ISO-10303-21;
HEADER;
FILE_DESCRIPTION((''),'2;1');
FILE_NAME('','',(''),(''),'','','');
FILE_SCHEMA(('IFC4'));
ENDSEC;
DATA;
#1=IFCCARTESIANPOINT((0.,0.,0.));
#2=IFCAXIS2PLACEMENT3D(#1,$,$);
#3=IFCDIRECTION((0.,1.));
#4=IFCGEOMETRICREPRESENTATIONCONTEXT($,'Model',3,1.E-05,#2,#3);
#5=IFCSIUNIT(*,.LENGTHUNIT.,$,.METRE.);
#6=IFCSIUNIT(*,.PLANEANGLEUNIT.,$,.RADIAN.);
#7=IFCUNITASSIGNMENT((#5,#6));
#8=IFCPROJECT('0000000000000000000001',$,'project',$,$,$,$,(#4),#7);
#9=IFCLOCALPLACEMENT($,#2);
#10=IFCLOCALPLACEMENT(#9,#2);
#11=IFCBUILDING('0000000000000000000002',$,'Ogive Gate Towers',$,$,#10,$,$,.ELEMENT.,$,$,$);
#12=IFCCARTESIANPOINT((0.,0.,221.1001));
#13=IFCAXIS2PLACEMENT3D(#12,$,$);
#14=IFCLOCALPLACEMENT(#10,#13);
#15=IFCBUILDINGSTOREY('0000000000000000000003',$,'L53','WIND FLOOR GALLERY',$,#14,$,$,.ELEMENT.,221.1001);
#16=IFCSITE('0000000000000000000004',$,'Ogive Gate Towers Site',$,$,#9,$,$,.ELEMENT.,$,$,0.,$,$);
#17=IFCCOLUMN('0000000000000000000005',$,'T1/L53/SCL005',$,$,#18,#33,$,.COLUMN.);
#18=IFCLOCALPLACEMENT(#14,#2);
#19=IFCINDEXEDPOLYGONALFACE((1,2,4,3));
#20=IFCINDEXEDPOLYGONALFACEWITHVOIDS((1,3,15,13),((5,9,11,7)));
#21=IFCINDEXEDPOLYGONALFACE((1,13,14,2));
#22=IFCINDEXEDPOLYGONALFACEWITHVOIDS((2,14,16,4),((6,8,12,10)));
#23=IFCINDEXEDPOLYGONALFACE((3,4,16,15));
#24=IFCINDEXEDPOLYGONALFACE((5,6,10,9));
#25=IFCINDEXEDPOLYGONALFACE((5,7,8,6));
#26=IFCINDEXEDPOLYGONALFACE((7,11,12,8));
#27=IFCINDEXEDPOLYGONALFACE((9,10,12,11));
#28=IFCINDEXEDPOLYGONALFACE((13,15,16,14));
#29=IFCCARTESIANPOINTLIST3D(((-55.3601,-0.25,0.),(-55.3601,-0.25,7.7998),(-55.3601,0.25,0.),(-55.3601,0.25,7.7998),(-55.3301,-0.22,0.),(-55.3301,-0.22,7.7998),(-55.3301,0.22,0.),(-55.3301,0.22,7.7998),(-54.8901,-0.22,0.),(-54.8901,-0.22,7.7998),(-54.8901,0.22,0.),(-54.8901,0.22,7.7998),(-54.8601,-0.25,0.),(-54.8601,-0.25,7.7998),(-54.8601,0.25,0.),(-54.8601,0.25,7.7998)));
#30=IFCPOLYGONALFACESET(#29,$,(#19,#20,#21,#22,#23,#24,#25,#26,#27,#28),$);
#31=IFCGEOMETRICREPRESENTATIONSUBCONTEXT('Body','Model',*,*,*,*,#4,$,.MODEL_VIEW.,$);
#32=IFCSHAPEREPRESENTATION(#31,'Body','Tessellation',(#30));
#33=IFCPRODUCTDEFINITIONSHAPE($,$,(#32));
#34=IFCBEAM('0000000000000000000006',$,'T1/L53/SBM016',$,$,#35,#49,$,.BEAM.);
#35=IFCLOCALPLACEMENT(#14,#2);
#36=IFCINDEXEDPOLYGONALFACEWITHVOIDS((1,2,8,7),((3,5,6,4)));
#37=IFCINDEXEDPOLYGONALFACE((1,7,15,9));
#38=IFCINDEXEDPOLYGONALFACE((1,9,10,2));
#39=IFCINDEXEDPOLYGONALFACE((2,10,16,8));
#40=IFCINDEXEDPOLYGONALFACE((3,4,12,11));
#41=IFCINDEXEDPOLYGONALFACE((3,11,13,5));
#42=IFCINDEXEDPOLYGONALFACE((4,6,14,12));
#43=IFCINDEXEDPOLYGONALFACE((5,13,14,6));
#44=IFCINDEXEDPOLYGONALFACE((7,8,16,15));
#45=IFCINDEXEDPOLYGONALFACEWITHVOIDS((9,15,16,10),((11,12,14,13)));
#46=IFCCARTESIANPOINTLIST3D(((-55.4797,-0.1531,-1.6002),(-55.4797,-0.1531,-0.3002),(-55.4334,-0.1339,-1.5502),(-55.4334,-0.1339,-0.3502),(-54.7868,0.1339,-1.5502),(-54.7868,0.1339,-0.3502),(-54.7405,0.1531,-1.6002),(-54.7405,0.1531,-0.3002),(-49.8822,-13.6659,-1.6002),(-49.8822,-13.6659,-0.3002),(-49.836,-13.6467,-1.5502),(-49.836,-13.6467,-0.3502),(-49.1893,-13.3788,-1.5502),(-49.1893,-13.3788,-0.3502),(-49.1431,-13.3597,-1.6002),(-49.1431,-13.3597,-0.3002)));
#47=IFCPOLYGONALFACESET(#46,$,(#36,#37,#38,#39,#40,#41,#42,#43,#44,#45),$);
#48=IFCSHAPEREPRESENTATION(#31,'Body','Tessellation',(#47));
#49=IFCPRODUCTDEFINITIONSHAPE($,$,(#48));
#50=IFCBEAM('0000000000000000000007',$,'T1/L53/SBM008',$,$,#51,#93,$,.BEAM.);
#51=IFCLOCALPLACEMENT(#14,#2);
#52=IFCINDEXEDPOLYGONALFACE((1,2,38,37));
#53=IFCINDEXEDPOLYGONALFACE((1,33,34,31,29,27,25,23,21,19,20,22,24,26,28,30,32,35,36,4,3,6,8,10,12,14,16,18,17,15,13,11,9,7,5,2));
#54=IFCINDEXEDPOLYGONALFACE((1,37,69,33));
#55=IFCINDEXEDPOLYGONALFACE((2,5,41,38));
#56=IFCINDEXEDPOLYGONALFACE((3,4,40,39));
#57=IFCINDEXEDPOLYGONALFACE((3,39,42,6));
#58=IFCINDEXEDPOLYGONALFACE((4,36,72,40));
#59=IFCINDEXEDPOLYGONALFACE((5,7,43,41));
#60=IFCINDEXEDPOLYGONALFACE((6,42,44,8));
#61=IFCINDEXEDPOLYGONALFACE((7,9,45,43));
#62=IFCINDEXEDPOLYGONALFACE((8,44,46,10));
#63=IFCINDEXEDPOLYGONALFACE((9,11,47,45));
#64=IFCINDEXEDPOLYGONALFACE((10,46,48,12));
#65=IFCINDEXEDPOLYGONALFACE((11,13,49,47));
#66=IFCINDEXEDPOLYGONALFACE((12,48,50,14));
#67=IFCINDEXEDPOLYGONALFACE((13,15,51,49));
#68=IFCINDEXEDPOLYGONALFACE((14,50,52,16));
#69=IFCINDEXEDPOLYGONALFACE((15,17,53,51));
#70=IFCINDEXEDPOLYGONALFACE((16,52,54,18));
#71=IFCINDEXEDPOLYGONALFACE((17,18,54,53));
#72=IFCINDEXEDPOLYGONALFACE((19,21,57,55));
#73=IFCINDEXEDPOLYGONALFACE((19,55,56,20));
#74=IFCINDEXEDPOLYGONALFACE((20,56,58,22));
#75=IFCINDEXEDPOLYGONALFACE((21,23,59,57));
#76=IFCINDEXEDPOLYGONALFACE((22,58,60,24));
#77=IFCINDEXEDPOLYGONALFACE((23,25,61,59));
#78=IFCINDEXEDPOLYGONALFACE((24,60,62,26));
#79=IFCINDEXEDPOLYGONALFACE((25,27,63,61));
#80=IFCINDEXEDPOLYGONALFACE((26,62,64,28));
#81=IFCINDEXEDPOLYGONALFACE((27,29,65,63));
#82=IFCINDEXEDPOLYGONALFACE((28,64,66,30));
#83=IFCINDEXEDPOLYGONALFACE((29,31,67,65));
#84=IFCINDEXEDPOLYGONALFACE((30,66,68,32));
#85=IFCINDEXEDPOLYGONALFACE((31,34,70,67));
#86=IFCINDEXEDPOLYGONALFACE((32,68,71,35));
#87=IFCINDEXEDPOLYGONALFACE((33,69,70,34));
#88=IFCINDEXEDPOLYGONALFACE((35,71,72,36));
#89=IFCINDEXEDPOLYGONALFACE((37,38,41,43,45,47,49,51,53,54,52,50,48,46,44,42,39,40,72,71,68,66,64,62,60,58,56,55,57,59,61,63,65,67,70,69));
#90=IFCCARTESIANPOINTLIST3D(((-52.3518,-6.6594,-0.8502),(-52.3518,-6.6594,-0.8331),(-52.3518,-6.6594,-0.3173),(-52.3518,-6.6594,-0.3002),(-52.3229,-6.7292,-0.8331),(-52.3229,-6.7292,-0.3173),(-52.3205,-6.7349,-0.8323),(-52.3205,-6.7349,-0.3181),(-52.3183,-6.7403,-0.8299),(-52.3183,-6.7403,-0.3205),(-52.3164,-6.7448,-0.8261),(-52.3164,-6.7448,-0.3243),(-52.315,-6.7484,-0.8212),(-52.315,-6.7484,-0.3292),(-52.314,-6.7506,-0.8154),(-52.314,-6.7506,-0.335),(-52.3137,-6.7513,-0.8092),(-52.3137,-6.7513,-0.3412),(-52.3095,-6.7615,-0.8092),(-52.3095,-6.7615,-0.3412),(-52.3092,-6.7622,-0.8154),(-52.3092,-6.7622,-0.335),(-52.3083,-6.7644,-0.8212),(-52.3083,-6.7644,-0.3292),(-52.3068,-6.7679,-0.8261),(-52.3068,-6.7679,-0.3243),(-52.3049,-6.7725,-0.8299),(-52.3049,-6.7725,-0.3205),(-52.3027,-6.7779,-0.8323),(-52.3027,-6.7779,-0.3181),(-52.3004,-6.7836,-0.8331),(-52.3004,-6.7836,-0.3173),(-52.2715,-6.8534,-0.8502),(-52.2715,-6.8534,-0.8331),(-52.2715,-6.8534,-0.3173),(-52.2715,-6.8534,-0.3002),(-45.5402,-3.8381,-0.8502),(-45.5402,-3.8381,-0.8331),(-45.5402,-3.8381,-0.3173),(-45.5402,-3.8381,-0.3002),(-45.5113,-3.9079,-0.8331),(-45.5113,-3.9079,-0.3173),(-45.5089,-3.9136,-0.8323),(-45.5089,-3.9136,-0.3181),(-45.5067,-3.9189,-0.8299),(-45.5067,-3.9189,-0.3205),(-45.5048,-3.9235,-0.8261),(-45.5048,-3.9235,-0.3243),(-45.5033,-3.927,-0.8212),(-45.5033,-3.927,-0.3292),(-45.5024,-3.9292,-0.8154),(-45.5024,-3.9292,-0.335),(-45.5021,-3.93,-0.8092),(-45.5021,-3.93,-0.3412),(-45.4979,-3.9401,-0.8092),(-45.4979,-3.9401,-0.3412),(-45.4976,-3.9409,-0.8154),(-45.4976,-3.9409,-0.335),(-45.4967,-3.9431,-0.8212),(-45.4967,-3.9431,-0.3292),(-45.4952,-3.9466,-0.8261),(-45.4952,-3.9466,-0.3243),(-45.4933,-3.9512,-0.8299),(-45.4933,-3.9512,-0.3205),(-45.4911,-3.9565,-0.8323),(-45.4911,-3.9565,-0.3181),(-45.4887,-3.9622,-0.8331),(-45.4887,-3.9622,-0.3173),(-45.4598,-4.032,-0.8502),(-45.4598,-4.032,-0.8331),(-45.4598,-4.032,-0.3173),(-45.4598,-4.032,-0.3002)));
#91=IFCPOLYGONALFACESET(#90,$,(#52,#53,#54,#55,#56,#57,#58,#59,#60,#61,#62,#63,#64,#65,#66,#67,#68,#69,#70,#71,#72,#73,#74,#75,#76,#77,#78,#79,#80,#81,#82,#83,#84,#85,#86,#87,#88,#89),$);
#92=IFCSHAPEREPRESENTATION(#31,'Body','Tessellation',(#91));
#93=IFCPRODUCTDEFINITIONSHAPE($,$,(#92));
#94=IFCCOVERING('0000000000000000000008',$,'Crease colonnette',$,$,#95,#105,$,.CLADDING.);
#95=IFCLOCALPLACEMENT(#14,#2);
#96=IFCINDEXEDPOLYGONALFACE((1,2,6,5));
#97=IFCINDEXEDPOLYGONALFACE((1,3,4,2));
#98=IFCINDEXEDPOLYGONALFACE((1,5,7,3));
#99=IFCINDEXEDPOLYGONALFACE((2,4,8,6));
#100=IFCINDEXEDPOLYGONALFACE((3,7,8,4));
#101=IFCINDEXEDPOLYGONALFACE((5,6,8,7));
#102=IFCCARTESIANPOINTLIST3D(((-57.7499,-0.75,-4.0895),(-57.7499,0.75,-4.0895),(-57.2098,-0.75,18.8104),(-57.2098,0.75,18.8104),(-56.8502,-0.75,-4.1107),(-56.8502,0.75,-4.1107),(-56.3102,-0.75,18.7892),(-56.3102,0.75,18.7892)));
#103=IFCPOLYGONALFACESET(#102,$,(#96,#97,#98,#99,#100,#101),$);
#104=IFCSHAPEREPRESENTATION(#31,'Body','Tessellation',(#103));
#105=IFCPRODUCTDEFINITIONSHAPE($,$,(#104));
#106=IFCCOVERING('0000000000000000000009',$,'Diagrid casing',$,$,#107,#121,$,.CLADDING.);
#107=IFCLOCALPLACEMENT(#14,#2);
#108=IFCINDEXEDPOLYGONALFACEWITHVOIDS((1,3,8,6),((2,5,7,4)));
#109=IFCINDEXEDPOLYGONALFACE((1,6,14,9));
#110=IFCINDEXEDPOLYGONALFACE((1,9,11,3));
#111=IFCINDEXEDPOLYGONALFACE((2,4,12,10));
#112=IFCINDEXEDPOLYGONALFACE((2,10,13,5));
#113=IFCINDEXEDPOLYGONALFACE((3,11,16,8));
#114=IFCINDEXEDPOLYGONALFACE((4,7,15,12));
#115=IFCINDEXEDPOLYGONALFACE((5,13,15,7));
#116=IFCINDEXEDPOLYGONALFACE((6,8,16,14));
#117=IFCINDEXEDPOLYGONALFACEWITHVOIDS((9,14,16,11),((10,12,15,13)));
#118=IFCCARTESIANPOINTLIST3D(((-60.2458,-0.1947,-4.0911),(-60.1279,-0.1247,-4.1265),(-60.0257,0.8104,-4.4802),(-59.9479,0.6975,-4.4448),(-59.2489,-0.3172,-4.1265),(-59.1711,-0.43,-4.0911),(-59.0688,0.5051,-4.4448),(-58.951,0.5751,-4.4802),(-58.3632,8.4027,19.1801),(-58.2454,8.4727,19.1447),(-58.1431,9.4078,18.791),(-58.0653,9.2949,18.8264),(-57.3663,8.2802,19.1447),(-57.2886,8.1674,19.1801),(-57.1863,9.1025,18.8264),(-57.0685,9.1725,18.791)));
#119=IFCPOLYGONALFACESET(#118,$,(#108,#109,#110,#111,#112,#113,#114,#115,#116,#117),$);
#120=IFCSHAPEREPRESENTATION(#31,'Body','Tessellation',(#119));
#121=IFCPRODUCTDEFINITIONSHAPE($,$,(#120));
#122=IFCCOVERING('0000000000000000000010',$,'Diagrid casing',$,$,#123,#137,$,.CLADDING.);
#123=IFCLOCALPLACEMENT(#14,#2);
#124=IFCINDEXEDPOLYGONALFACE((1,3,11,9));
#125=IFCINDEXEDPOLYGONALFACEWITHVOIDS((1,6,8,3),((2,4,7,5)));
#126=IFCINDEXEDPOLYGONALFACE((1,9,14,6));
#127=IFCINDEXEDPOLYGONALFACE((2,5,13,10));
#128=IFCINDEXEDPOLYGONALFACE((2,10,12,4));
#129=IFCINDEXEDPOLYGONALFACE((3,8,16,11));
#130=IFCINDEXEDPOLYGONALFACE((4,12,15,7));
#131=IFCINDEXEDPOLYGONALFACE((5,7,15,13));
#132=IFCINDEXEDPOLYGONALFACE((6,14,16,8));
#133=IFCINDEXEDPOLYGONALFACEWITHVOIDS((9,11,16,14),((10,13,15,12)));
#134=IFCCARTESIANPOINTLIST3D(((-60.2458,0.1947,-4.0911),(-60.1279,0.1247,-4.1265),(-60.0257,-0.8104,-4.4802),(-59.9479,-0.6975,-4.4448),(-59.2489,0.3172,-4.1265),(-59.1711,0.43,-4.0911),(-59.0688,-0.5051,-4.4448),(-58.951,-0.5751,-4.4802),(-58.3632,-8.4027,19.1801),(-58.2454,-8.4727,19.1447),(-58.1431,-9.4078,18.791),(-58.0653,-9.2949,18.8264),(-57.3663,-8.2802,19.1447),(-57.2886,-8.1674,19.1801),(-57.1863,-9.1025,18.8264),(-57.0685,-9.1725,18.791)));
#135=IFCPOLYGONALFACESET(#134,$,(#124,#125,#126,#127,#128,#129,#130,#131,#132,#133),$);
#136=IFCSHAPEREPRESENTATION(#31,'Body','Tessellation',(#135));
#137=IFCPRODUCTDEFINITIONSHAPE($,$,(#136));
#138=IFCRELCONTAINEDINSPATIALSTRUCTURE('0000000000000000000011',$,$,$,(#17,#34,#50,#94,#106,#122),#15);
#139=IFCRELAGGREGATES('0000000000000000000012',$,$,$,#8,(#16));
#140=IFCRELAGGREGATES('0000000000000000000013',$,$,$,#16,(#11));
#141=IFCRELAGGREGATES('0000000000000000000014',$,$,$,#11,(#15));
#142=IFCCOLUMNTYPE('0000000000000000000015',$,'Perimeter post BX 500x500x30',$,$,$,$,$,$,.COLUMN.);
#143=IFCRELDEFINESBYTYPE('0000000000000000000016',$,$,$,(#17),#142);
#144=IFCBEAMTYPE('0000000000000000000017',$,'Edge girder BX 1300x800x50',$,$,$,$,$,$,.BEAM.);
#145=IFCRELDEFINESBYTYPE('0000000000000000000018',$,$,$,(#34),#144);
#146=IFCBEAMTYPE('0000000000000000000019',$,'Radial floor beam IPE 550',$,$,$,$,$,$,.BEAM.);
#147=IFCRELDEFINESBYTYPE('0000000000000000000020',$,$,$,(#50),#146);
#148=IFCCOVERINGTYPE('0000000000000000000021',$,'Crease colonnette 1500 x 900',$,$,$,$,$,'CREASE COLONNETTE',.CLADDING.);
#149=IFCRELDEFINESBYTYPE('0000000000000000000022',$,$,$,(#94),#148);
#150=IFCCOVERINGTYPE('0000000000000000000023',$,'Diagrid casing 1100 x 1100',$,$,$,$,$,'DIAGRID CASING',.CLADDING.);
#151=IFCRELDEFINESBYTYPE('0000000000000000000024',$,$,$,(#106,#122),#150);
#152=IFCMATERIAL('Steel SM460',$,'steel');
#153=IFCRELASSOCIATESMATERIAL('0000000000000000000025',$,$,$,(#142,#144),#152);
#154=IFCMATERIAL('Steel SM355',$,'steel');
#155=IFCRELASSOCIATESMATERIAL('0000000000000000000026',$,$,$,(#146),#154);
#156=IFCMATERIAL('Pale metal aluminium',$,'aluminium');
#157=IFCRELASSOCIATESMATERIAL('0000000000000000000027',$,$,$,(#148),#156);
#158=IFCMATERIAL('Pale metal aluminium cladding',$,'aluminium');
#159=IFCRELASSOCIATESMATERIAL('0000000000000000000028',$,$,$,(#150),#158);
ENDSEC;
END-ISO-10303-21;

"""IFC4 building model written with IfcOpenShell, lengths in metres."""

from ifc_helpers import new_model, si_unit, direction, frame, origin, origin_2d, place, context, subcontext, project, spatial, rectangle, hollow_rectangle, i_section, extrude, material, material_profile, profile_set, type_object, element, save


model = new_model("IFC4")

# Units and contexts
model_context = context("Model", 3, precision=1e-05, world=origin(), true_north=direction((0.0, 1.0)))
body_context = subcontext(model_context, "Body", "Model", "MODEL_VIEW")
ifc_project = project(units=[si_unit("LENGTHUNIT", "METRE"), si_unit("PLANEANGLEUNIT", "RADIAN")], contexts=[model_context])

# Site, building, storey
site_placement = place(None, origin())
site = spatial("IfcSite", under=ifc_project, at=site_placement, Name="Ogive Gate Towers Site", CompositionType="ELEMENT", RefElevation=0.0)
building_placement = place(site_placement, origin())
building = spatial("IfcBuilding", under=site, at=building_placement, Name="Ogive Gate Towers", CompositionType="ELEMENT")
storey_placement = place(building_placement, frame((0.0, 0.0, 221.1001)))
storey = spatial("IfcBuildingStorey", under=building, at=storey_placement, Name="L53", Description="WIND FLOOR GALLERY", CompositionType="ELEMENT", Elevation=221.1001)

# Column
ifc_material_1 = material(Name="Steel SM460", Category="steel")
ifc_material_profile_1 = material_profile(ifc_material_1, hollow_rectangle(XDim=0.5, YDim=0.5, WallThickness=0.03, at=origin_2d()), Name="BX 500x500x30")
ifc_profile_set_1 = profile_set([ifc_material_profile_1], Name="Steel SM460")
column_type = type_object("IfcColumnType", Name="Perimeter post BX 500x500x30", PredefinedType="COLUMN", material=ifc_profile_set_1)
column_placement = place(storey_placement, frame((-55.1101, 0.0, 0.0), z_axis=(0.0, 0.0, 1.0), x_axis=(1.0, 0.0, 0.0)))
element("IfcColumn", 1, at=column_placement, inside=storey, type_object=column_type, Name="T1/L53/SCL005", PredefinedType="COLUMN", context=body_context, shape_type="SweptSolid", body=[
    extrude(hollow_rectangle(XDim=0.5, YDim=0.5, WallThickness=0.03, at=origin_2d()), origin(), (0.0, 0.0, 1.0), 7.7998),
])

# Beams
ifc_material_profile_2 = material_profile(ifc_material_1, hollow_rectangle(XDim=0.8, YDim=1.3, WallThickness=0.05, at=origin_2d()), Name="BX 1300x800x50")
ifc_profile_set_2 = profile_set([ifc_material_profile_2], Name="Steel SM460")
beam_type_1 = type_object("IfcBeamType", Name="Edge girder BX 1300x800x50", PredefinedType="BEAM", material=ifc_profile_set_2)
beam_1_placement = place(storey_placement, frame((-55.1101, 0.0, -0.9502), z_axis=(0.382699, -0.923873, 0.0), x_axis=(0.923873, 0.382699, 0.0)))
element("IfcBeam", 2, at=beam_1_placement, inside=storey, type_object=beam_type_1, Name="T1/L53/SBM016", PredefinedType="BEAM", context=body_context, shape_type="SweptSolid", body=[
    extrude(hollow_rectangle(XDim=0.8, YDim=1.3, WallThickness=0.05, at=origin_2d()), origin(), (0.0, 0.0, 1.0), 14.6262),
])
ifc_material_2 = material(Name="Steel SM355", Category="steel")
ifc_material_profile_3 = material_profile(ifc_material_2, i_section(OverallWidth=0.21, OverallDepth=0.55, WebThickness=0.011, FlangeThickness=0.0171, FilletRadius=0.0239, at=origin_2d()), Name="IPE 550")
ifc_profile_set_3 = profile_set([ifc_material_profile_3], Name="Steel SM355")
beam_type_2 = type_object("IfcBeamType", Name="Radial floor beam IPE 550", PredefinedType="BEAM", material=ifc_profile_set_3)
beam_2_placement = place(storey_placement, frame((-45.5, -3.9351, -0.5752), z_axis=(-0.923886, -0.382668, 0.0), x_axis=(0.382668, -0.923886, 0.0)))
element("IfcBeam", 3, at=beam_2_placement, inside=storey, type_object=beam_type_2, Name="T1/L53/SBM008", PredefinedType="BEAM", context=body_context, shape_type="SweptSolid", body=[
    extrude(i_section(OverallWidth=0.21, OverallDepth=0.55, WebThickness=0.011, FlangeThickness=0.0171, FilletRadius=0.0239, at=origin_2d()), origin(), (0.0, 0.0, 1.0), 7.3728),
])

# Coverings
ifc_material_3 = material(Name="Pale metal aluminium", Category="aluminium")
ifc_material_profile_4 = material_profile(ifc_material_3, rectangle(XDim=1.5, YDim=0.8999, at=origin_2d()), Name="1500 x 900 pale metal aluminium")
ifc_profile_set_4 = profile_set([ifc_material_profile_4], Name="Pale metal aluminium")
covering_type_1 = type_object("IfcCoveringType", Name="Crease colonnette 1500 x 900", ElementType="CREASE COLONNETTE", PredefinedType="CLADDING", material=ifc_profile_set_4)
covering_placement = place(storey_placement, frame((-57.3, 0.0, -4.1001), z_axis=(0.023576, 0.0, 0.999722), x_axis=(0.0, 1.0, 0.0)))
element("IfcCovering", 4, at=covering_placement, inside=storey, type_object=covering_type_1, Name="Crease colonnette", PredefinedType="CLADDING", context=body_context, shape_type="SweptSolid", body=[
    extrude(rectangle(XDim=1.5, YDim=0.8999, at=origin_2d()), origin(), (0.0, 0.0, 1.0), 22.9062),
])
ifc_material_4 = material(Name="Pale metal aluminium cladding", Category="aluminium")
ifc_material_profile_5 = material_profile(ifc_material_4, hollow_rectangle(XDim=1.1001, YDim=1.1001, WallThickness=0.1001, at=origin_2d()), Name="1100 x 1100 pale metal casing")
ifc_profile_set_5 = profile_set([ifc_material_profile_5], Name="Pale metal aluminium cladding")
covering_type_2 = type_object("IfcCoveringType", Name="Diagrid casing 1100 x 1100", ElementType="DIAGRID CASING", PredefinedType="CLADDING", material=ifc_profile_set_5)
for number, where, z_axis, x_axis, name in (
    (5, (-59.5984, 0.1902, -4.2856), (0.075666, 0.345556, 0.935342), (-0.976855, 0.213901, 0.0), "Diagrid casing"),
    (6, (-59.5984, -0.1902, -4.2856), (0.075666, -0.345556, 0.935342), (0.976855, 0.213901, 0.0), "Diagrid casing"),
):
    element("IfcCovering", number, at=place(storey_placement, frame(where, z_axis=z_axis, x_axis=x_axis)), inside=storey, type_object=covering_type_2, Name=name, PredefinedType="CLADDING", context=body_context, shape_type="SweptSolid", body=[
        extrude(hollow_rectangle(XDim=1.1001, YDim=1.1001, WallThickness=0.1001, at=origin_2d()), origin(), (0.0, 0.0, 1.0), 24.8799),
    ])

save(model, "model.ifc")
